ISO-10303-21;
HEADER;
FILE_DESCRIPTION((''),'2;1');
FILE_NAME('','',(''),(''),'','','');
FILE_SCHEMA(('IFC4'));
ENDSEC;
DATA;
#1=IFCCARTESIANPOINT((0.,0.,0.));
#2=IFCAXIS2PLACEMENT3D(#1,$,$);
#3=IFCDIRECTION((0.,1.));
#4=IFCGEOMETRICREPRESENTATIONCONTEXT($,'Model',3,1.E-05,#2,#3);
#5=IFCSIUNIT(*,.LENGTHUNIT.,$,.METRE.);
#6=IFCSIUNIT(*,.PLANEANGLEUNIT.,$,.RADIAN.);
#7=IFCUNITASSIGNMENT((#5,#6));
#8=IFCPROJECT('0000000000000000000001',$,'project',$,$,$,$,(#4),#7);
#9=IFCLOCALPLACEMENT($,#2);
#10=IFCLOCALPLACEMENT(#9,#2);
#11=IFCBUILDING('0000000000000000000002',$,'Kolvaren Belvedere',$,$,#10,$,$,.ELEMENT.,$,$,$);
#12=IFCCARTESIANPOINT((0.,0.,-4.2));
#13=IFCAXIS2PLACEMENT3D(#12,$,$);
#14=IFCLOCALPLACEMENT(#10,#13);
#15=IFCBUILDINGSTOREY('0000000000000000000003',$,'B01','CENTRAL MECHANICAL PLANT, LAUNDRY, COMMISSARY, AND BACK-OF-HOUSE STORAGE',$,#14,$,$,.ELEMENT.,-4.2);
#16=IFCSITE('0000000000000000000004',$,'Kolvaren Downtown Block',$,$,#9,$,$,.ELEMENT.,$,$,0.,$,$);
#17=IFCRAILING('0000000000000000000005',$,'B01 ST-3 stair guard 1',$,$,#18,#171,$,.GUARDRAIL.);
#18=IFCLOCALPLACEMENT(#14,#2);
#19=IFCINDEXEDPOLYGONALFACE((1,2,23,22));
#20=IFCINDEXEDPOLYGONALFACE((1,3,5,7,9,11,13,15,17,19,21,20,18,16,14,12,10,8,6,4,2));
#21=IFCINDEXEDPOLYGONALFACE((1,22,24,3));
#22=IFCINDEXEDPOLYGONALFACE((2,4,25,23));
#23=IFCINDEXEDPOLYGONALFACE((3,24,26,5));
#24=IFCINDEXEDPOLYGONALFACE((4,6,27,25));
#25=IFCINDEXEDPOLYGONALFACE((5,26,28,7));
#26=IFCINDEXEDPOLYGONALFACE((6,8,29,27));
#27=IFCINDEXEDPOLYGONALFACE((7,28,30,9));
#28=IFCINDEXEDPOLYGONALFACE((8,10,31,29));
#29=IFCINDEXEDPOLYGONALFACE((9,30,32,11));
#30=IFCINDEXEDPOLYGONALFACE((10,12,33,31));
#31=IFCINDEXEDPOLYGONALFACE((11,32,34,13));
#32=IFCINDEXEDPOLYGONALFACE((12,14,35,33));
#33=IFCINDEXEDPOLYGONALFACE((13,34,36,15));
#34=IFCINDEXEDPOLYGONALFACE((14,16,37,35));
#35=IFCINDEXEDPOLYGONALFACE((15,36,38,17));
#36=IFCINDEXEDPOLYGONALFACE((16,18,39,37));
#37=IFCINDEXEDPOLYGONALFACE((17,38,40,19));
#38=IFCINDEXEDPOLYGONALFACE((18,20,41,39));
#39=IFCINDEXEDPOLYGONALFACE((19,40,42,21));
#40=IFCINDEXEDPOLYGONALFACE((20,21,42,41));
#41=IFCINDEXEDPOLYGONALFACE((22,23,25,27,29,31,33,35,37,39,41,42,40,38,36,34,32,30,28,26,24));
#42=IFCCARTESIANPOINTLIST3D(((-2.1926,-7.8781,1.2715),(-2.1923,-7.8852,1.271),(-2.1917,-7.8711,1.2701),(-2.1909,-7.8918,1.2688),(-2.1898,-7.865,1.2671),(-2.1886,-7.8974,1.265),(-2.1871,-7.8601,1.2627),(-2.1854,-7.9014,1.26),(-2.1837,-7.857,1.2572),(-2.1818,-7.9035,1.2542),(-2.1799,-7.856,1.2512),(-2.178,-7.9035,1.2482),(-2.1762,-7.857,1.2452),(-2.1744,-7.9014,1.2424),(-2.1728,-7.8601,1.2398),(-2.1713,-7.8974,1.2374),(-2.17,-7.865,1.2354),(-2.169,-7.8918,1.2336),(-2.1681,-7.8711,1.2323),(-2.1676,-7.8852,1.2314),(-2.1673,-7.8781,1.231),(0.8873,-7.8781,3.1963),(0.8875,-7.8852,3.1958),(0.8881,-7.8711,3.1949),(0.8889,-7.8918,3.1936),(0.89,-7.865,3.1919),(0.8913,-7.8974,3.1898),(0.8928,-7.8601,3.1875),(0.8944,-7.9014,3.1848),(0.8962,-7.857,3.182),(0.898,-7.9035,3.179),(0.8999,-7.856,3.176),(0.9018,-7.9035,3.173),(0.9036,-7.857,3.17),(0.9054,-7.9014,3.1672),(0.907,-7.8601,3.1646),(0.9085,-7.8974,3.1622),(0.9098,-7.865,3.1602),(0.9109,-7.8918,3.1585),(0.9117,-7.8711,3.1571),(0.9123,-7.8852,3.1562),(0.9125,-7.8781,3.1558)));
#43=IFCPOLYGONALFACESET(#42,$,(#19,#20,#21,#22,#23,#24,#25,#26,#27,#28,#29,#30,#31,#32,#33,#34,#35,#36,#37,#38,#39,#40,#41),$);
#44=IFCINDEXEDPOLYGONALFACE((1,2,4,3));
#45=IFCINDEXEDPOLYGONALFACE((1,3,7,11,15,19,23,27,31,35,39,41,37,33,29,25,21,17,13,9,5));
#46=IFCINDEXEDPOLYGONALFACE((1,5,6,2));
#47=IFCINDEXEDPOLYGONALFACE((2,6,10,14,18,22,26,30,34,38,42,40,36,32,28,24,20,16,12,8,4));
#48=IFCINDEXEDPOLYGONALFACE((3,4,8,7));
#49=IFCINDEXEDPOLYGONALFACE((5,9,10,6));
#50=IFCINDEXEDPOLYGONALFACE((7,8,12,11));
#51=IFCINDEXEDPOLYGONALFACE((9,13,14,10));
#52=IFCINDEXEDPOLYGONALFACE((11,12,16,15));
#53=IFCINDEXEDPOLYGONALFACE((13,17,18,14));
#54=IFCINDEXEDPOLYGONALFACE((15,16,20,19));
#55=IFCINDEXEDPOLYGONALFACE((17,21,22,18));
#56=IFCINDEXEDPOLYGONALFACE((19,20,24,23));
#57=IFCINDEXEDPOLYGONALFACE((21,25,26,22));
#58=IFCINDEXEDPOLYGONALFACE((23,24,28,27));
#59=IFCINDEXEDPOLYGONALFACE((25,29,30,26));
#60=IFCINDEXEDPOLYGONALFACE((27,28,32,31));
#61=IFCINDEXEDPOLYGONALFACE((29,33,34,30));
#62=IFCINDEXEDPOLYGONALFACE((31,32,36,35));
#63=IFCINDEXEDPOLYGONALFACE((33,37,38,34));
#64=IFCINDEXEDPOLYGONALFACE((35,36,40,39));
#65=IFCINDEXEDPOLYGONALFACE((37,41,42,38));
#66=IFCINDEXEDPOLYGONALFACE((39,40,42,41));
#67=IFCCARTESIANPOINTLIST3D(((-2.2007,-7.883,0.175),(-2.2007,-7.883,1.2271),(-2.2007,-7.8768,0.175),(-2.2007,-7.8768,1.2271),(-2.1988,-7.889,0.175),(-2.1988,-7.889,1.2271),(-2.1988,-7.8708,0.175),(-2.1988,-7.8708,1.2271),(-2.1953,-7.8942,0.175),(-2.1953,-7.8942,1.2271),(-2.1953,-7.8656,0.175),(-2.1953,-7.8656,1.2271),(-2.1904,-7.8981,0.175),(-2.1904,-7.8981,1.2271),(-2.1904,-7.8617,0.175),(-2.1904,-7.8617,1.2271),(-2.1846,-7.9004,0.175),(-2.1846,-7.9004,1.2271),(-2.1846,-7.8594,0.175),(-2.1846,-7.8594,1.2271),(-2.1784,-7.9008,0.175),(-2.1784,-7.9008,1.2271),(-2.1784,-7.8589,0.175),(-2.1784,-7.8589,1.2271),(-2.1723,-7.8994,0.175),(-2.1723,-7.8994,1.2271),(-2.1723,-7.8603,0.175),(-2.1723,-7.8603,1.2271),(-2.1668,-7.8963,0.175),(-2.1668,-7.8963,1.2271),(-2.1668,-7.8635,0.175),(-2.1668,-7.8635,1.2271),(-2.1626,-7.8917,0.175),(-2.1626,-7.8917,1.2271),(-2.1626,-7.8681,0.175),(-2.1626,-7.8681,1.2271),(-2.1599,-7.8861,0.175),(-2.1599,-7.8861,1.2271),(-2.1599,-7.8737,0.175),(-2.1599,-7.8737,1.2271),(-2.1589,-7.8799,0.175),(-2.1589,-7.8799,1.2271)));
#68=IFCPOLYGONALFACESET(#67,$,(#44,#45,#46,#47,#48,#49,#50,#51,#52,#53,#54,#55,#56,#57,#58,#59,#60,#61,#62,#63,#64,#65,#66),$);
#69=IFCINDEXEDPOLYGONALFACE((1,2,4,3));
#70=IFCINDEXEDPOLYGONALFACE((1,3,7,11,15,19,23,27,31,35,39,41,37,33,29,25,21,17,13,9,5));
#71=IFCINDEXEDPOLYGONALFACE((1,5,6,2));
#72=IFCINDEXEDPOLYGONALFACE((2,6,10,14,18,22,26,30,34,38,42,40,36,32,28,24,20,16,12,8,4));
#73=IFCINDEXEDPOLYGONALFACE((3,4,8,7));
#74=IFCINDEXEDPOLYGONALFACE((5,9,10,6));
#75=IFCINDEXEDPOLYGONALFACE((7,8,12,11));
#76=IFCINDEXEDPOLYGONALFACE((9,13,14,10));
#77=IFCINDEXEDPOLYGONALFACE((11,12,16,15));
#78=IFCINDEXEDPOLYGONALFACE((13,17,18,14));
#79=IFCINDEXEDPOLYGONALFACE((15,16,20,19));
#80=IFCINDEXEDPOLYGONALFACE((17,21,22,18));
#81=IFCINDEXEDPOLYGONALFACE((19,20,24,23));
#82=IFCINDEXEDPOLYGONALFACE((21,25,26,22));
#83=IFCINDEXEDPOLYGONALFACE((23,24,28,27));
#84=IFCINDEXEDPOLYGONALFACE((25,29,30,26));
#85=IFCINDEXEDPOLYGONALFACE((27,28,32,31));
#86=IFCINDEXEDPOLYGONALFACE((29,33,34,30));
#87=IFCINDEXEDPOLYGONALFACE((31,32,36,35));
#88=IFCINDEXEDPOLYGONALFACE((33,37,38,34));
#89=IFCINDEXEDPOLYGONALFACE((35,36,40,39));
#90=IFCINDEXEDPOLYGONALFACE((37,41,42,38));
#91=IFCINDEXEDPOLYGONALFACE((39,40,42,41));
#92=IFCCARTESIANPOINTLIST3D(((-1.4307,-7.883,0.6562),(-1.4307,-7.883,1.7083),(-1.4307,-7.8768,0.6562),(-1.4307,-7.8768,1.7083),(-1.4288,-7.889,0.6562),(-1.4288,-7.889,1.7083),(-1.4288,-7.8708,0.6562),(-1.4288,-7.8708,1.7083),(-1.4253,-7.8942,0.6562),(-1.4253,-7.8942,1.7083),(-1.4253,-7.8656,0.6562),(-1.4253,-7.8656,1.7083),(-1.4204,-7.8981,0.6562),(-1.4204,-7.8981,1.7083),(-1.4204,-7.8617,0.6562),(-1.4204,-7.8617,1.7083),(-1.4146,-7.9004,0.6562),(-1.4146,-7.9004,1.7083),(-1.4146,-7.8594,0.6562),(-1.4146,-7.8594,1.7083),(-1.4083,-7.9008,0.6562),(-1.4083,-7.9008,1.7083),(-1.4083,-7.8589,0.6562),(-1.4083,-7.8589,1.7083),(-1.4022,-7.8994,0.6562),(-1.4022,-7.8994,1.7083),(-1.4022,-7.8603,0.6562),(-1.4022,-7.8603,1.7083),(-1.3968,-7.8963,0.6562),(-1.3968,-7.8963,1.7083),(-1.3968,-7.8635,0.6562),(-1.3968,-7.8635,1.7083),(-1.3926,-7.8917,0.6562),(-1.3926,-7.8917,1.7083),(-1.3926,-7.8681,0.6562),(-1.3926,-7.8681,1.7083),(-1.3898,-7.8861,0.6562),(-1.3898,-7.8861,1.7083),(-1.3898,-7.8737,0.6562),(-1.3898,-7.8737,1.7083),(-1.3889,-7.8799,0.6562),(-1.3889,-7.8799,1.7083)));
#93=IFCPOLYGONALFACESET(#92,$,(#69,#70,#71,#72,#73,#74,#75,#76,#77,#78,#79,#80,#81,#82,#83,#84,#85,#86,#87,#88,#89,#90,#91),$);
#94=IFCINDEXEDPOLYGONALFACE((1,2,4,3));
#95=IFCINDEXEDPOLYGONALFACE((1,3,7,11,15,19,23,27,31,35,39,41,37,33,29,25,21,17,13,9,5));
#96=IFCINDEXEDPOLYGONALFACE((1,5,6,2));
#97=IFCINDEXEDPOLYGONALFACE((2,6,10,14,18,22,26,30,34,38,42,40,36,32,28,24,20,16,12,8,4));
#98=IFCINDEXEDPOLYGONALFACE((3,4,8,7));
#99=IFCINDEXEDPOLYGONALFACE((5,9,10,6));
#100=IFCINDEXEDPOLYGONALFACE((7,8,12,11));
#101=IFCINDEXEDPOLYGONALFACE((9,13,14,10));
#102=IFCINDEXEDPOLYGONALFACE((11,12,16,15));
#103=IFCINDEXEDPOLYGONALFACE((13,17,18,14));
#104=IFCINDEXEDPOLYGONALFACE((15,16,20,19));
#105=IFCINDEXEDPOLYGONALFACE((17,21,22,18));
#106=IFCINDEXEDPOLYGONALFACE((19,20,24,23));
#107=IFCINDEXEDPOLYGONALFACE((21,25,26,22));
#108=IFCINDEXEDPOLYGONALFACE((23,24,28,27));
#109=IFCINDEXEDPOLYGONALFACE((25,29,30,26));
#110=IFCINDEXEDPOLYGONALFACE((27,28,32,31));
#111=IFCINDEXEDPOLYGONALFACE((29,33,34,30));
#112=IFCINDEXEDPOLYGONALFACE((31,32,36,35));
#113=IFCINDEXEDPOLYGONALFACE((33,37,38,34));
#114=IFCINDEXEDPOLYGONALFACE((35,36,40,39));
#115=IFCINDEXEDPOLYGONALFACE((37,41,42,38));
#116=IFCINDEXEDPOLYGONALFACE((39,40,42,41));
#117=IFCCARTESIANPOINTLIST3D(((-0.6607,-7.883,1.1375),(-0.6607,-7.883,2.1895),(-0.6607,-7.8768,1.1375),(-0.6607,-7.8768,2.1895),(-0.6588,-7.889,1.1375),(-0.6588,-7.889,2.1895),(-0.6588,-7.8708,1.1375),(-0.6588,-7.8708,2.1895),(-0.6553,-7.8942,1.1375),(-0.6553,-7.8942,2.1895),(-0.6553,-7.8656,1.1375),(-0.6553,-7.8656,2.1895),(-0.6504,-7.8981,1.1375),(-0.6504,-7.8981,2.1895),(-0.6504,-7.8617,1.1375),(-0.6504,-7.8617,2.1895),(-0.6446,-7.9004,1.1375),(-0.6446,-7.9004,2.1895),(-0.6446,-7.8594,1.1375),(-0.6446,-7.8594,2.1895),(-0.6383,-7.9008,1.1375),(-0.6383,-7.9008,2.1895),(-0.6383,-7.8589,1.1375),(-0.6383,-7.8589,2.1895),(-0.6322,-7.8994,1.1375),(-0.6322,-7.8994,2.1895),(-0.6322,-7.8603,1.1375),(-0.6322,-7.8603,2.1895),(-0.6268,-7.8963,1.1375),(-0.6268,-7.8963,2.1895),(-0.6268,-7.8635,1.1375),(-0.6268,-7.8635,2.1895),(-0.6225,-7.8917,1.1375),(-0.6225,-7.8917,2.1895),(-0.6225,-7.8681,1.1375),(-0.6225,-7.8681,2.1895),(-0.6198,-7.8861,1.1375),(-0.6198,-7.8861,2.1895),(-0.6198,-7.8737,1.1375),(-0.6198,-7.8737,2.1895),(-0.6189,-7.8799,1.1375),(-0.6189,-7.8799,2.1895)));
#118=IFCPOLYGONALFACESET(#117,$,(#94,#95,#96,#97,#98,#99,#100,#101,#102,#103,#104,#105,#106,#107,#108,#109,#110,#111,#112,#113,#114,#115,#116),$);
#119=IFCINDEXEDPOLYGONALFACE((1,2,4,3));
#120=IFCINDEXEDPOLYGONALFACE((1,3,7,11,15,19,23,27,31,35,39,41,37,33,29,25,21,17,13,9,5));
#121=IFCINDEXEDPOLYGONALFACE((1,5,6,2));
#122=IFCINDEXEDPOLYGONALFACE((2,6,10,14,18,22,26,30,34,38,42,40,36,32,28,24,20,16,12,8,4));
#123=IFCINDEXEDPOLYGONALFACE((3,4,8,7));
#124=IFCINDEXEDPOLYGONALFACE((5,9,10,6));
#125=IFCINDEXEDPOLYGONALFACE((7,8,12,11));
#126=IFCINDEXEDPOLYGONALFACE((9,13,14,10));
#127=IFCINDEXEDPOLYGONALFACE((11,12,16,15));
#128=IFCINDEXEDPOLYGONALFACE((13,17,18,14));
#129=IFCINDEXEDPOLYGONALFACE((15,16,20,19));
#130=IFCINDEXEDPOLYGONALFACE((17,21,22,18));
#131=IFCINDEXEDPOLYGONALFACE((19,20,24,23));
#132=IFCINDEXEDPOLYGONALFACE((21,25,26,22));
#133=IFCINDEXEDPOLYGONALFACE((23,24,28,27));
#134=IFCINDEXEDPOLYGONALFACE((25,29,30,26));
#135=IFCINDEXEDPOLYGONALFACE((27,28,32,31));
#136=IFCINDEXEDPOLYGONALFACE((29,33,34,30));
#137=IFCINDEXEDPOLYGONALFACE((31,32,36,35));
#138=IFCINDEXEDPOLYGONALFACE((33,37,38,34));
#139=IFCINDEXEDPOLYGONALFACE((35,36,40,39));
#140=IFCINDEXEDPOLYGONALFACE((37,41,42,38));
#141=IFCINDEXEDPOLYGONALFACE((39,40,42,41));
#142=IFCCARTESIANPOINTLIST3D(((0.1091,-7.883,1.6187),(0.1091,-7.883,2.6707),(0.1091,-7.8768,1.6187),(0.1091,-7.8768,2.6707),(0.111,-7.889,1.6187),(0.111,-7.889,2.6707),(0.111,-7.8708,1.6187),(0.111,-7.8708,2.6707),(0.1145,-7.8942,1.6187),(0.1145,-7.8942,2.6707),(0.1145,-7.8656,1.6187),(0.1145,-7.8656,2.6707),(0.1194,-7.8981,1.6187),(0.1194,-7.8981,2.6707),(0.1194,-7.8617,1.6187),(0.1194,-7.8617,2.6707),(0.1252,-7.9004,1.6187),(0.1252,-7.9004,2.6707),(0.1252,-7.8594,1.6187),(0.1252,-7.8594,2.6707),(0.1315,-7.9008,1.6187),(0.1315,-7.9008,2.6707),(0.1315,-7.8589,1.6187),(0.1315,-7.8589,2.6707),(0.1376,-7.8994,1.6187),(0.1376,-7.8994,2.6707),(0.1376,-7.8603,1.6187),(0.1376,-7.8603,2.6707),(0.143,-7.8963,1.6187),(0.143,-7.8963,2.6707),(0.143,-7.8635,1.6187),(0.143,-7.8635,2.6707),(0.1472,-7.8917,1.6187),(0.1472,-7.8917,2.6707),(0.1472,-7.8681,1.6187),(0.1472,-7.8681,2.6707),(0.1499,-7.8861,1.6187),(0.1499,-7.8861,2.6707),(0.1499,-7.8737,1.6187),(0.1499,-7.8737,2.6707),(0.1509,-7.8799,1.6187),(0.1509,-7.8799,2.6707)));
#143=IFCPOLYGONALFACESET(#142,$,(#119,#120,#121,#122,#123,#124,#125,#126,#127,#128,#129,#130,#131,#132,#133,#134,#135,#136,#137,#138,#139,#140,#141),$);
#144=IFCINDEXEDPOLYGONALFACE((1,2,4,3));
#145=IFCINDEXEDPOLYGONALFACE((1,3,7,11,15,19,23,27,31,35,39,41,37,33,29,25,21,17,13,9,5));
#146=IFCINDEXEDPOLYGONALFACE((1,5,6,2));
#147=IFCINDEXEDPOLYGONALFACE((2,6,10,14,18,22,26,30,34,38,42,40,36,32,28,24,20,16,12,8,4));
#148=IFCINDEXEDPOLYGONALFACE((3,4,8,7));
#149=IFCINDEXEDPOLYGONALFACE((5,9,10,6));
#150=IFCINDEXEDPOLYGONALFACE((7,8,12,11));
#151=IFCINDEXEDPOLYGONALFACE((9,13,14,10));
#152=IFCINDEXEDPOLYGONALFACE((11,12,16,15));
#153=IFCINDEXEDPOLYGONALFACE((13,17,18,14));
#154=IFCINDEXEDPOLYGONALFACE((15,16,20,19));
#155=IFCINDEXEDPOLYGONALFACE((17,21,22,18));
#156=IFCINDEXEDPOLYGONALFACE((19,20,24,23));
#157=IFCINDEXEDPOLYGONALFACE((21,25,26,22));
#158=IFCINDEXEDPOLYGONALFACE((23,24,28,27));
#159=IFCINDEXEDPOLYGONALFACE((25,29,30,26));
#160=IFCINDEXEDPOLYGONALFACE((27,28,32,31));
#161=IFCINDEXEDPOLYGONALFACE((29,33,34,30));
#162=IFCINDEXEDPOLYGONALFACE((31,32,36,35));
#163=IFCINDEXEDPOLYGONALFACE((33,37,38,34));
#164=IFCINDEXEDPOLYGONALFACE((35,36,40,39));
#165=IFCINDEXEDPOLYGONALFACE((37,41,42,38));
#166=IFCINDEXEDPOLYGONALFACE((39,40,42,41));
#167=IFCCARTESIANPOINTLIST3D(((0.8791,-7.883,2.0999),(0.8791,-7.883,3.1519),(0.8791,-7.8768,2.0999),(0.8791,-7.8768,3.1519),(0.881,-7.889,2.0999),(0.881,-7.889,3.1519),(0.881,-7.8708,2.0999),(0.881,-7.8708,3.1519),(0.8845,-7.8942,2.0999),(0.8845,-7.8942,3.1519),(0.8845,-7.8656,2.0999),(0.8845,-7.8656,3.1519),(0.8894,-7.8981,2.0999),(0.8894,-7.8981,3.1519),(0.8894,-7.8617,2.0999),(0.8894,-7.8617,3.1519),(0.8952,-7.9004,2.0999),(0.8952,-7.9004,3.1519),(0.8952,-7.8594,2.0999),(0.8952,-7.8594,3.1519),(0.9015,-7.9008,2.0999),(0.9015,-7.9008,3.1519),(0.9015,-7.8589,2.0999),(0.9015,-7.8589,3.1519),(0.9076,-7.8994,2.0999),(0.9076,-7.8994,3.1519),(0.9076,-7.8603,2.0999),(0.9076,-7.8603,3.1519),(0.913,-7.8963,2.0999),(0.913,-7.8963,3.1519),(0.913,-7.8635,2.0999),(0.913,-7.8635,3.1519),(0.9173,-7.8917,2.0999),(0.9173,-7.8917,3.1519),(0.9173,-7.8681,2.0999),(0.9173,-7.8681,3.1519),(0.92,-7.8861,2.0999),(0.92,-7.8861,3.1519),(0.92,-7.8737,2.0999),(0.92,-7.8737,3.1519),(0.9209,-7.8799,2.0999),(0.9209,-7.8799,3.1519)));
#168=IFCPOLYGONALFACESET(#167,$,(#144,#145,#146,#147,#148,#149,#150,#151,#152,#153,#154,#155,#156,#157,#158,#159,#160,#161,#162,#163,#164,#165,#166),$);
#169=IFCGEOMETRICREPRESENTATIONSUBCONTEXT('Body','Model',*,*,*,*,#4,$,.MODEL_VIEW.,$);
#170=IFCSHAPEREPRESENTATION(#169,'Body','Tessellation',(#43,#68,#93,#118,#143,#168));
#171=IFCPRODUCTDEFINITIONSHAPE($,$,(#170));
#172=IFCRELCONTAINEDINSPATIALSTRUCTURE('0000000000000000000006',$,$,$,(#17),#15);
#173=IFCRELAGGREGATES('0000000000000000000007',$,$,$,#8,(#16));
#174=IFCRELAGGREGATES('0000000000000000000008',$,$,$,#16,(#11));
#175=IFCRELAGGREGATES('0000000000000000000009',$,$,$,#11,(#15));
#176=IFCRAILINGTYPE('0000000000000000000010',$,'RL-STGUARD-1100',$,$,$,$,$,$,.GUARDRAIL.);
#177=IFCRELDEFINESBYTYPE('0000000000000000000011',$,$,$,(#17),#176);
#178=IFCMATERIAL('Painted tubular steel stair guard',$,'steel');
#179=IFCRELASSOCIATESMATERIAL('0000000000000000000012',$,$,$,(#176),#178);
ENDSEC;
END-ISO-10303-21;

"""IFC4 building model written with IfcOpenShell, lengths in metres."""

from ifc_helpers import new_model, si_unit, direction, frame, origin, origin_2d, place, context, subcontext, project, spatial, circle, extrude, material, type_object, element, save


model = new_model("IFC4")

# Units and contexts
model_context = context("Model", 3, precision=1e-05, world=origin(), true_north=direction((0.0, 1.0)))
body_context = subcontext(model_context, "Body", "Model", "MODEL_VIEW")
ifc_project = project(units=[si_unit("LENGTHUNIT", "METRE"), si_unit("PLANEANGLEUNIT", "RADIAN")], contexts=[model_context])

# Site, building, storey
site_placement = place(None, origin())
site = spatial("IfcSite", under=ifc_project, at=site_placement, Name="Kolvaren Downtown Block", CompositionType="ELEMENT", RefElevation=0.0)
building_placement = place(site_placement, origin())
building = spatial("IfcBuilding", under=site, at=building_placement, Name="Kolvaren Belvedere", CompositionType="ELEMENT")
storey_placement = place(building_placement, frame((0.0, 0.0, -4.2)))
storey = spatial("IfcBuildingStorey", under=building, at=storey_placement, Name="B01", Description="CENTRAL MECHANICAL PLANT, LAUNDRY, COMMISSARY, AND BACK-OF-HOUSE STORAGE", CompositionType="ELEMENT", Elevation=-4.2)

# Railing
ifc_material_1 = material(Name="Painted tubular steel stair guard", Category="steel")
railing_type_1 = type_object("IfcRailingType", Name="RL-STGUARD-1100", PredefinedType="GUARDRAIL", material=ifc_material_1)
railing_1_placement = place(storey_placement, frame((-2.1799, -7.8799, 0.175)))
element("IfcRailing", 1, at=railing_1_placement, inside=storey, type_object=railing_type_1, Name="B01 ST-3 stair guard 1", PredefinedType="GUARDRAIL", context=body_context, shape_type="SweptSolid", body=[
    extrude(circle(Radius=0.0239, at=origin_2d()), frame((0.0, 0.0, 1.0762), z_axis=(0.84801, 0.0, 0.529981), x_axis=(0.0, 1.0, 0.0)), (0.0, 0.0, 1.0), 3.6318),
    extrude(circle(Radius=0.021, at=origin_2d()), origin(), (0.0, 0.0, 1.0), 1.052),
    extrude(circle(Radius=0.021, at=origin_2d()), frame((0.77, 0.0, 0.4812)), (0.0, 0.0, 1.0), 1.052),
    extrude(circle(Radius=0.021, at=origin_2d()), frame((1.54, 0.0, 0.9624)), (0.0, 0.0, 1.0), 1.052),
    extrude(circle(Radius=0.021, at=origin_2d()), frame((2.3098, 0.0, 1.4436)), (0.0, 0.0, 1.0), 1.052),
    extrude(circle(Radius=0.021, at=origin_2d()), frame((3.0798, 0.0, 1.9248)), (0.0, 0.0, 1.0), 1.052),
])

save(model, "model.ifc")
